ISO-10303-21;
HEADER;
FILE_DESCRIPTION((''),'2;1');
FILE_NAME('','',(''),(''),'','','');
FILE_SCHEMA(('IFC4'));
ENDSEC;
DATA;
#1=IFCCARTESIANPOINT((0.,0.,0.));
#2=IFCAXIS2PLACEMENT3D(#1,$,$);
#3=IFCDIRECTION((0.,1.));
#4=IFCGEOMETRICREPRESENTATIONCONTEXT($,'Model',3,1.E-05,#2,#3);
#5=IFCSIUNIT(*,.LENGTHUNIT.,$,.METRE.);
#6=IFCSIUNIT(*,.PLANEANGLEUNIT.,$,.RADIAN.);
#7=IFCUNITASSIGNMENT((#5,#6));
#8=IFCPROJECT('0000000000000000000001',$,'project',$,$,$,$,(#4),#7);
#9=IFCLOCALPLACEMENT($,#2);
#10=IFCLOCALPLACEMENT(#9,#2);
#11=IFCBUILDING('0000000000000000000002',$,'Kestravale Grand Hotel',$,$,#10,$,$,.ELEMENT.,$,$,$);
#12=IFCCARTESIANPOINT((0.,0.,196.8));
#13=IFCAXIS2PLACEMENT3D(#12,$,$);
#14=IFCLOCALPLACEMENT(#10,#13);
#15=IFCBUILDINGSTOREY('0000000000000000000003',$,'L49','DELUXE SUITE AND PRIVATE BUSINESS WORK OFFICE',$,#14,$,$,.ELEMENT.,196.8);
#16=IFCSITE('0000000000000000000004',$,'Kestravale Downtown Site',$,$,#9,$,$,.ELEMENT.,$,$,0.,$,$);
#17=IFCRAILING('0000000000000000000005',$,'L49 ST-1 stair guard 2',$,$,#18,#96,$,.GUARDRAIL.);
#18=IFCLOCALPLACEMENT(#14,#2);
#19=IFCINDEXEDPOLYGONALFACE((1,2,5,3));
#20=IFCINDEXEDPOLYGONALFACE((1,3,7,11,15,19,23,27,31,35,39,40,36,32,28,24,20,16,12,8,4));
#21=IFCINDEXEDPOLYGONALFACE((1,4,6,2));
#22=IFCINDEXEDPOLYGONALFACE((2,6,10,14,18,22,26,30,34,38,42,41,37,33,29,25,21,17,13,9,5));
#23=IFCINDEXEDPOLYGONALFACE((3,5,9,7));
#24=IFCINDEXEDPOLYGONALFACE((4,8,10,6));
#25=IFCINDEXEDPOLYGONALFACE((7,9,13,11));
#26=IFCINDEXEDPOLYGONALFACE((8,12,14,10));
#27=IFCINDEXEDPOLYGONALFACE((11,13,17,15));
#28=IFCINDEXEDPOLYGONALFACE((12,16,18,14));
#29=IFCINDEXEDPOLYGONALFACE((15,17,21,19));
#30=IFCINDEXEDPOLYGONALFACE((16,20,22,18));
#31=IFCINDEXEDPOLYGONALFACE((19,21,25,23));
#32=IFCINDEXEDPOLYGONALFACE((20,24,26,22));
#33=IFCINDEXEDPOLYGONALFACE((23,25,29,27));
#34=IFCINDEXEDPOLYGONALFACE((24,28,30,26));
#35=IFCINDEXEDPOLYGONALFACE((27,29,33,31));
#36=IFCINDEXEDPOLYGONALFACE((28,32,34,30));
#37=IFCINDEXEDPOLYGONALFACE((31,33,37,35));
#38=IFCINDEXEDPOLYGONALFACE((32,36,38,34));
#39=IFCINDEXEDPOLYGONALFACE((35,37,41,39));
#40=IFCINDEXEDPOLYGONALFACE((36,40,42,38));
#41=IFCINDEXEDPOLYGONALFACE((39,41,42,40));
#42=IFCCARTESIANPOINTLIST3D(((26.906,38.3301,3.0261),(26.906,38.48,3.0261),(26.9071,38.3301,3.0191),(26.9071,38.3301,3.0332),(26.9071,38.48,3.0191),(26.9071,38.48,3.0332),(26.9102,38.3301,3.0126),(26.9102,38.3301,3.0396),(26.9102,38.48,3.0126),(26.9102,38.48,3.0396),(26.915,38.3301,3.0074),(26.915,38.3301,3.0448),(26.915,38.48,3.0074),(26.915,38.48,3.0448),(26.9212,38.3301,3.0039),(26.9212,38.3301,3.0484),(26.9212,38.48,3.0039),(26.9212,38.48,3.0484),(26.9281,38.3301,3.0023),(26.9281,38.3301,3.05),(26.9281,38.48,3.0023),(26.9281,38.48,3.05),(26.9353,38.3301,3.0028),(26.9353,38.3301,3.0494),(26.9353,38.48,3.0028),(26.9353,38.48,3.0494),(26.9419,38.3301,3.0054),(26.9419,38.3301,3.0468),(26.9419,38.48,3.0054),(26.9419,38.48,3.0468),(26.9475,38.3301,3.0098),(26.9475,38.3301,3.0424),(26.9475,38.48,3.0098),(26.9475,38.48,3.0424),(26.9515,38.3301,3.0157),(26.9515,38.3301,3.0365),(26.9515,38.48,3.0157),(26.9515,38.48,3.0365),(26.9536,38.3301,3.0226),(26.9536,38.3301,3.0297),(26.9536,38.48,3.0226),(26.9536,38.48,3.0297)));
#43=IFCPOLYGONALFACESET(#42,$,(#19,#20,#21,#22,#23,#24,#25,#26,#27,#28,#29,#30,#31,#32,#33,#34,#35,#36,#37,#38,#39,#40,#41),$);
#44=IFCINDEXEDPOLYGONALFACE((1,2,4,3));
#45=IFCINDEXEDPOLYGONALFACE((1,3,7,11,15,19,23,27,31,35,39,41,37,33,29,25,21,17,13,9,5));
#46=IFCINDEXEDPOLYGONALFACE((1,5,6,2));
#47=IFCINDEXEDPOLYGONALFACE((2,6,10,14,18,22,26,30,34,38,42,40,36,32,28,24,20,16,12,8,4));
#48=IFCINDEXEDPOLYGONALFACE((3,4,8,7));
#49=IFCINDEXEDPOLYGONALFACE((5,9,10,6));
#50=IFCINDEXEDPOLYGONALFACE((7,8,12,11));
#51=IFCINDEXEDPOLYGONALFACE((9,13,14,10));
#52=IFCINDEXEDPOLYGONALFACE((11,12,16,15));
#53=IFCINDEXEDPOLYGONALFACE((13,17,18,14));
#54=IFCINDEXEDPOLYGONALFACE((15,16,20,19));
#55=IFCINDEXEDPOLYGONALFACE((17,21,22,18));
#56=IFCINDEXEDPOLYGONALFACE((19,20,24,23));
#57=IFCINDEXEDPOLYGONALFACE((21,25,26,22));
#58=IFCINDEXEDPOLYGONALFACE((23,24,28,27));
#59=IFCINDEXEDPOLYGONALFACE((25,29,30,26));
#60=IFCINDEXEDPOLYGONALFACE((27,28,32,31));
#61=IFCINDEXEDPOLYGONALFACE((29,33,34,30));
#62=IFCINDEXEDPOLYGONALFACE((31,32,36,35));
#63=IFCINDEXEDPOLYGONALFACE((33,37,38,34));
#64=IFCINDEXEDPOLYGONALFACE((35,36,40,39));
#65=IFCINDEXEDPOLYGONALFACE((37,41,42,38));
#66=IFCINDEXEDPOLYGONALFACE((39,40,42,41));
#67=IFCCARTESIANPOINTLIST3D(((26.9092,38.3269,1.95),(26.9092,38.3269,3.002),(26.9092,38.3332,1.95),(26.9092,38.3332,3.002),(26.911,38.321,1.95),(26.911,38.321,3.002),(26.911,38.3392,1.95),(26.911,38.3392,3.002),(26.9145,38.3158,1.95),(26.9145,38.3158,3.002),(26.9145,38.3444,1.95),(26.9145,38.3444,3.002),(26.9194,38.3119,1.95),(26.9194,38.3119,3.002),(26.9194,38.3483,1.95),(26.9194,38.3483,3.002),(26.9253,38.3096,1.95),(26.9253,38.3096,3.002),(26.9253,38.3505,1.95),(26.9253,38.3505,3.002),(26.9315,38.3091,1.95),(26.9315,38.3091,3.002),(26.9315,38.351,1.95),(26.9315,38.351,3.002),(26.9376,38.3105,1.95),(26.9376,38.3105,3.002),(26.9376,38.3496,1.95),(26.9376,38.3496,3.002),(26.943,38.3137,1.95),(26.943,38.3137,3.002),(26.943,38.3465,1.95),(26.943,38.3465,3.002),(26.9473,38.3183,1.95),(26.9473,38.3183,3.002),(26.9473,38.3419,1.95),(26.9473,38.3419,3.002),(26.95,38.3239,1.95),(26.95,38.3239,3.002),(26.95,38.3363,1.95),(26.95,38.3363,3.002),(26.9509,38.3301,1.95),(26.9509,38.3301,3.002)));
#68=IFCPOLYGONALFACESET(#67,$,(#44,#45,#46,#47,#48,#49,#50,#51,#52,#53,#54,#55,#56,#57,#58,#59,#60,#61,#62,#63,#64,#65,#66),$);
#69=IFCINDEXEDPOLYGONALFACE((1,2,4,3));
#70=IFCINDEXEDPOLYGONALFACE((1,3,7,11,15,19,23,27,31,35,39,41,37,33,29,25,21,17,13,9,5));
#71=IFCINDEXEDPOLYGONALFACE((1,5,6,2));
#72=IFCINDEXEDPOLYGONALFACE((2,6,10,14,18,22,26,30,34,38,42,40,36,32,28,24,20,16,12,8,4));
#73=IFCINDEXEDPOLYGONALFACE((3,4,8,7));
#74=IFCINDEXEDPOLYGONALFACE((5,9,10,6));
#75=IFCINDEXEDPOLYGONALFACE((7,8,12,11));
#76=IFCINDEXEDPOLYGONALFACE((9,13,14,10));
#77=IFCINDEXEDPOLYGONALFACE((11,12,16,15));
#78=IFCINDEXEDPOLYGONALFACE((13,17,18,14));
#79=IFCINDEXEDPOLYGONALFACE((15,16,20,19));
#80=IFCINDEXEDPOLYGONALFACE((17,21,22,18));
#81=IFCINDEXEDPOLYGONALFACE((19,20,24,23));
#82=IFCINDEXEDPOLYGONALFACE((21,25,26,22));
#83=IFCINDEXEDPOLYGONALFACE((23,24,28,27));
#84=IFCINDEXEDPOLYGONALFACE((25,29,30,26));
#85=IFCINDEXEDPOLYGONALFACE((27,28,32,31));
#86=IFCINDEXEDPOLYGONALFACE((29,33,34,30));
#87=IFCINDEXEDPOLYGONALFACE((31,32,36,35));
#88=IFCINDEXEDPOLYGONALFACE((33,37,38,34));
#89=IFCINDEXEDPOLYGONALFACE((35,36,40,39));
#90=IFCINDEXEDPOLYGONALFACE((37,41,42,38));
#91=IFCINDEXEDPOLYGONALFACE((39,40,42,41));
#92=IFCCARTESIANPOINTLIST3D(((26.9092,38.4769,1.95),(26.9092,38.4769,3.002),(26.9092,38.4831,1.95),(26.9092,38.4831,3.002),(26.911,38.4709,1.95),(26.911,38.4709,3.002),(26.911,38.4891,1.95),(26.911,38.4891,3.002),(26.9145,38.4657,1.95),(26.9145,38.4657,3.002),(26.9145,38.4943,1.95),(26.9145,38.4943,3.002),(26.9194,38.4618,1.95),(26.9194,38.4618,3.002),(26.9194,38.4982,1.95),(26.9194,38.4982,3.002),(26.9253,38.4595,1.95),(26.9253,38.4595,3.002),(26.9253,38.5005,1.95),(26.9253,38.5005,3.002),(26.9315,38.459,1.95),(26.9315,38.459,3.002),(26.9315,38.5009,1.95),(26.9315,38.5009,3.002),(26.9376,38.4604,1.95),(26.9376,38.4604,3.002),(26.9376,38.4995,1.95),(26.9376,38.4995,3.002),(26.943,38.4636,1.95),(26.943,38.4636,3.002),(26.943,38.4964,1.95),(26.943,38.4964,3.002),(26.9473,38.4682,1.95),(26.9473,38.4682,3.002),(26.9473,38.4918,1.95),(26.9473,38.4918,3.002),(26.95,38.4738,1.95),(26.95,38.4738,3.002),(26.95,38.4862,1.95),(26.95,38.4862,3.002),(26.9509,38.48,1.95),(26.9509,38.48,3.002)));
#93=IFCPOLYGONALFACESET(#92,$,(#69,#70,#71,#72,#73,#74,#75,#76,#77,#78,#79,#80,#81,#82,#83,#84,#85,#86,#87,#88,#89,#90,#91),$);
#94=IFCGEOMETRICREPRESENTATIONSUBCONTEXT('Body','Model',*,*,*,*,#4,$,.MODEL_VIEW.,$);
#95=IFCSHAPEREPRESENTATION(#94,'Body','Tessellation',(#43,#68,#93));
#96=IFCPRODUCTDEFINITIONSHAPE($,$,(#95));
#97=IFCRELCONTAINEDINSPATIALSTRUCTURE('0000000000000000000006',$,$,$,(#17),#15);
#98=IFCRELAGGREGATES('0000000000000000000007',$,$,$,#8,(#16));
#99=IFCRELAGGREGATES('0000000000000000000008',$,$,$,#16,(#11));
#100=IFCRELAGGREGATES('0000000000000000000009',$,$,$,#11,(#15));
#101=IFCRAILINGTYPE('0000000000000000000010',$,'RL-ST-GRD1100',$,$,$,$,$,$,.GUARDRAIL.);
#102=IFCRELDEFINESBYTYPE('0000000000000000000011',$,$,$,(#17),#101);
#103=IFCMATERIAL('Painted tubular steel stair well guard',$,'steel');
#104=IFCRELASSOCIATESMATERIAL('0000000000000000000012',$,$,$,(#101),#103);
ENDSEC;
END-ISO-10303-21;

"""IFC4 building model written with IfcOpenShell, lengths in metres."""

from ifc_helpers import new_model, si_unit, direction, frame, origin, origin_2d, place, context, subcontext, project, spatial, circle, extrude, material, type_object, element, save


model = new_model("IFC4")

# Units and contexts
model_context = context("Model", 3, precision=1e-05, world=origin(), true_north=direction((0.0, 1.0)))
body_context = subcontext(model_context, "Body", "Model", "MODEL_VIEW")
ifc_project = project(units=[si_unit("LENGTHUNIT", "METRE"), si_unit("PLANEANGLEUNIT", "RADIAN")], contexts=[model_context])

# Site, building, storey
site_placement = place(None, origin())
site = spatial("IfcSite", under=ifc_project, at=site_placement, Name="Kestravale Downtown Site", CompositionType="ELEMENT", RefElevation=0.0)
building_placement = place(site_placement, origin())
building = spatial("IfcBuilding", under=site, at=building_placement, Name="Kestravale Grand Hotel", CompositionType="ELEMENT")
storey_placement = place(building_placement, frame((0.0, 0.0, 196.8)))
storey = spatial("IfcBuildingStorey", under=building, at=storey_placement, Name="L49", Description="DELUXE SUITE AND PRIVATE BUSINESS WORK OFFICE", CompositionType="ELEMENT", Elevation=196.8)

# Railing
ifc_material_1 = material(Name="Painted tubular steel stair well guard", Category="steel")
railing_type = type_object("IfcRailingType", Name="RL-ST-GRD1100", PredefinedType="GUARDRAIL", material=ifc_material_1)
railing_placement = place(storey_placement, frame((26.9299, 38.3301, 1.95)))
element("IfcRailing", 1, at=railing_placement, inside=storey, type_object=railing_type, Name="L49 ST-1 stair guard 2", PredefinedType="GUARDRAIL", context=body_context, shape_type="SweptSolid", body=[
    extrude(circle(Radius=0.0239, at=origin_2d()), frame((0.0, 0.0, 1.0762), z_axis=(0.0, 1.0, 0.0), x_axis=(-1.0, 0.0, 0.0)), (0.0, 0.0, 1.0), 0.1499),
    extrude(circle(Radius=0.021, at=origin_2d()), origin(), (0.0, 0.0, 1.0), 1.052),
    extrude(circle(Radius=0.021, at=origin_2d()), frame((0.0, 0.1499, 0.0)), (0.0, 0.0, 1.0), 1.052),
])

save(model, "model.ifc")
